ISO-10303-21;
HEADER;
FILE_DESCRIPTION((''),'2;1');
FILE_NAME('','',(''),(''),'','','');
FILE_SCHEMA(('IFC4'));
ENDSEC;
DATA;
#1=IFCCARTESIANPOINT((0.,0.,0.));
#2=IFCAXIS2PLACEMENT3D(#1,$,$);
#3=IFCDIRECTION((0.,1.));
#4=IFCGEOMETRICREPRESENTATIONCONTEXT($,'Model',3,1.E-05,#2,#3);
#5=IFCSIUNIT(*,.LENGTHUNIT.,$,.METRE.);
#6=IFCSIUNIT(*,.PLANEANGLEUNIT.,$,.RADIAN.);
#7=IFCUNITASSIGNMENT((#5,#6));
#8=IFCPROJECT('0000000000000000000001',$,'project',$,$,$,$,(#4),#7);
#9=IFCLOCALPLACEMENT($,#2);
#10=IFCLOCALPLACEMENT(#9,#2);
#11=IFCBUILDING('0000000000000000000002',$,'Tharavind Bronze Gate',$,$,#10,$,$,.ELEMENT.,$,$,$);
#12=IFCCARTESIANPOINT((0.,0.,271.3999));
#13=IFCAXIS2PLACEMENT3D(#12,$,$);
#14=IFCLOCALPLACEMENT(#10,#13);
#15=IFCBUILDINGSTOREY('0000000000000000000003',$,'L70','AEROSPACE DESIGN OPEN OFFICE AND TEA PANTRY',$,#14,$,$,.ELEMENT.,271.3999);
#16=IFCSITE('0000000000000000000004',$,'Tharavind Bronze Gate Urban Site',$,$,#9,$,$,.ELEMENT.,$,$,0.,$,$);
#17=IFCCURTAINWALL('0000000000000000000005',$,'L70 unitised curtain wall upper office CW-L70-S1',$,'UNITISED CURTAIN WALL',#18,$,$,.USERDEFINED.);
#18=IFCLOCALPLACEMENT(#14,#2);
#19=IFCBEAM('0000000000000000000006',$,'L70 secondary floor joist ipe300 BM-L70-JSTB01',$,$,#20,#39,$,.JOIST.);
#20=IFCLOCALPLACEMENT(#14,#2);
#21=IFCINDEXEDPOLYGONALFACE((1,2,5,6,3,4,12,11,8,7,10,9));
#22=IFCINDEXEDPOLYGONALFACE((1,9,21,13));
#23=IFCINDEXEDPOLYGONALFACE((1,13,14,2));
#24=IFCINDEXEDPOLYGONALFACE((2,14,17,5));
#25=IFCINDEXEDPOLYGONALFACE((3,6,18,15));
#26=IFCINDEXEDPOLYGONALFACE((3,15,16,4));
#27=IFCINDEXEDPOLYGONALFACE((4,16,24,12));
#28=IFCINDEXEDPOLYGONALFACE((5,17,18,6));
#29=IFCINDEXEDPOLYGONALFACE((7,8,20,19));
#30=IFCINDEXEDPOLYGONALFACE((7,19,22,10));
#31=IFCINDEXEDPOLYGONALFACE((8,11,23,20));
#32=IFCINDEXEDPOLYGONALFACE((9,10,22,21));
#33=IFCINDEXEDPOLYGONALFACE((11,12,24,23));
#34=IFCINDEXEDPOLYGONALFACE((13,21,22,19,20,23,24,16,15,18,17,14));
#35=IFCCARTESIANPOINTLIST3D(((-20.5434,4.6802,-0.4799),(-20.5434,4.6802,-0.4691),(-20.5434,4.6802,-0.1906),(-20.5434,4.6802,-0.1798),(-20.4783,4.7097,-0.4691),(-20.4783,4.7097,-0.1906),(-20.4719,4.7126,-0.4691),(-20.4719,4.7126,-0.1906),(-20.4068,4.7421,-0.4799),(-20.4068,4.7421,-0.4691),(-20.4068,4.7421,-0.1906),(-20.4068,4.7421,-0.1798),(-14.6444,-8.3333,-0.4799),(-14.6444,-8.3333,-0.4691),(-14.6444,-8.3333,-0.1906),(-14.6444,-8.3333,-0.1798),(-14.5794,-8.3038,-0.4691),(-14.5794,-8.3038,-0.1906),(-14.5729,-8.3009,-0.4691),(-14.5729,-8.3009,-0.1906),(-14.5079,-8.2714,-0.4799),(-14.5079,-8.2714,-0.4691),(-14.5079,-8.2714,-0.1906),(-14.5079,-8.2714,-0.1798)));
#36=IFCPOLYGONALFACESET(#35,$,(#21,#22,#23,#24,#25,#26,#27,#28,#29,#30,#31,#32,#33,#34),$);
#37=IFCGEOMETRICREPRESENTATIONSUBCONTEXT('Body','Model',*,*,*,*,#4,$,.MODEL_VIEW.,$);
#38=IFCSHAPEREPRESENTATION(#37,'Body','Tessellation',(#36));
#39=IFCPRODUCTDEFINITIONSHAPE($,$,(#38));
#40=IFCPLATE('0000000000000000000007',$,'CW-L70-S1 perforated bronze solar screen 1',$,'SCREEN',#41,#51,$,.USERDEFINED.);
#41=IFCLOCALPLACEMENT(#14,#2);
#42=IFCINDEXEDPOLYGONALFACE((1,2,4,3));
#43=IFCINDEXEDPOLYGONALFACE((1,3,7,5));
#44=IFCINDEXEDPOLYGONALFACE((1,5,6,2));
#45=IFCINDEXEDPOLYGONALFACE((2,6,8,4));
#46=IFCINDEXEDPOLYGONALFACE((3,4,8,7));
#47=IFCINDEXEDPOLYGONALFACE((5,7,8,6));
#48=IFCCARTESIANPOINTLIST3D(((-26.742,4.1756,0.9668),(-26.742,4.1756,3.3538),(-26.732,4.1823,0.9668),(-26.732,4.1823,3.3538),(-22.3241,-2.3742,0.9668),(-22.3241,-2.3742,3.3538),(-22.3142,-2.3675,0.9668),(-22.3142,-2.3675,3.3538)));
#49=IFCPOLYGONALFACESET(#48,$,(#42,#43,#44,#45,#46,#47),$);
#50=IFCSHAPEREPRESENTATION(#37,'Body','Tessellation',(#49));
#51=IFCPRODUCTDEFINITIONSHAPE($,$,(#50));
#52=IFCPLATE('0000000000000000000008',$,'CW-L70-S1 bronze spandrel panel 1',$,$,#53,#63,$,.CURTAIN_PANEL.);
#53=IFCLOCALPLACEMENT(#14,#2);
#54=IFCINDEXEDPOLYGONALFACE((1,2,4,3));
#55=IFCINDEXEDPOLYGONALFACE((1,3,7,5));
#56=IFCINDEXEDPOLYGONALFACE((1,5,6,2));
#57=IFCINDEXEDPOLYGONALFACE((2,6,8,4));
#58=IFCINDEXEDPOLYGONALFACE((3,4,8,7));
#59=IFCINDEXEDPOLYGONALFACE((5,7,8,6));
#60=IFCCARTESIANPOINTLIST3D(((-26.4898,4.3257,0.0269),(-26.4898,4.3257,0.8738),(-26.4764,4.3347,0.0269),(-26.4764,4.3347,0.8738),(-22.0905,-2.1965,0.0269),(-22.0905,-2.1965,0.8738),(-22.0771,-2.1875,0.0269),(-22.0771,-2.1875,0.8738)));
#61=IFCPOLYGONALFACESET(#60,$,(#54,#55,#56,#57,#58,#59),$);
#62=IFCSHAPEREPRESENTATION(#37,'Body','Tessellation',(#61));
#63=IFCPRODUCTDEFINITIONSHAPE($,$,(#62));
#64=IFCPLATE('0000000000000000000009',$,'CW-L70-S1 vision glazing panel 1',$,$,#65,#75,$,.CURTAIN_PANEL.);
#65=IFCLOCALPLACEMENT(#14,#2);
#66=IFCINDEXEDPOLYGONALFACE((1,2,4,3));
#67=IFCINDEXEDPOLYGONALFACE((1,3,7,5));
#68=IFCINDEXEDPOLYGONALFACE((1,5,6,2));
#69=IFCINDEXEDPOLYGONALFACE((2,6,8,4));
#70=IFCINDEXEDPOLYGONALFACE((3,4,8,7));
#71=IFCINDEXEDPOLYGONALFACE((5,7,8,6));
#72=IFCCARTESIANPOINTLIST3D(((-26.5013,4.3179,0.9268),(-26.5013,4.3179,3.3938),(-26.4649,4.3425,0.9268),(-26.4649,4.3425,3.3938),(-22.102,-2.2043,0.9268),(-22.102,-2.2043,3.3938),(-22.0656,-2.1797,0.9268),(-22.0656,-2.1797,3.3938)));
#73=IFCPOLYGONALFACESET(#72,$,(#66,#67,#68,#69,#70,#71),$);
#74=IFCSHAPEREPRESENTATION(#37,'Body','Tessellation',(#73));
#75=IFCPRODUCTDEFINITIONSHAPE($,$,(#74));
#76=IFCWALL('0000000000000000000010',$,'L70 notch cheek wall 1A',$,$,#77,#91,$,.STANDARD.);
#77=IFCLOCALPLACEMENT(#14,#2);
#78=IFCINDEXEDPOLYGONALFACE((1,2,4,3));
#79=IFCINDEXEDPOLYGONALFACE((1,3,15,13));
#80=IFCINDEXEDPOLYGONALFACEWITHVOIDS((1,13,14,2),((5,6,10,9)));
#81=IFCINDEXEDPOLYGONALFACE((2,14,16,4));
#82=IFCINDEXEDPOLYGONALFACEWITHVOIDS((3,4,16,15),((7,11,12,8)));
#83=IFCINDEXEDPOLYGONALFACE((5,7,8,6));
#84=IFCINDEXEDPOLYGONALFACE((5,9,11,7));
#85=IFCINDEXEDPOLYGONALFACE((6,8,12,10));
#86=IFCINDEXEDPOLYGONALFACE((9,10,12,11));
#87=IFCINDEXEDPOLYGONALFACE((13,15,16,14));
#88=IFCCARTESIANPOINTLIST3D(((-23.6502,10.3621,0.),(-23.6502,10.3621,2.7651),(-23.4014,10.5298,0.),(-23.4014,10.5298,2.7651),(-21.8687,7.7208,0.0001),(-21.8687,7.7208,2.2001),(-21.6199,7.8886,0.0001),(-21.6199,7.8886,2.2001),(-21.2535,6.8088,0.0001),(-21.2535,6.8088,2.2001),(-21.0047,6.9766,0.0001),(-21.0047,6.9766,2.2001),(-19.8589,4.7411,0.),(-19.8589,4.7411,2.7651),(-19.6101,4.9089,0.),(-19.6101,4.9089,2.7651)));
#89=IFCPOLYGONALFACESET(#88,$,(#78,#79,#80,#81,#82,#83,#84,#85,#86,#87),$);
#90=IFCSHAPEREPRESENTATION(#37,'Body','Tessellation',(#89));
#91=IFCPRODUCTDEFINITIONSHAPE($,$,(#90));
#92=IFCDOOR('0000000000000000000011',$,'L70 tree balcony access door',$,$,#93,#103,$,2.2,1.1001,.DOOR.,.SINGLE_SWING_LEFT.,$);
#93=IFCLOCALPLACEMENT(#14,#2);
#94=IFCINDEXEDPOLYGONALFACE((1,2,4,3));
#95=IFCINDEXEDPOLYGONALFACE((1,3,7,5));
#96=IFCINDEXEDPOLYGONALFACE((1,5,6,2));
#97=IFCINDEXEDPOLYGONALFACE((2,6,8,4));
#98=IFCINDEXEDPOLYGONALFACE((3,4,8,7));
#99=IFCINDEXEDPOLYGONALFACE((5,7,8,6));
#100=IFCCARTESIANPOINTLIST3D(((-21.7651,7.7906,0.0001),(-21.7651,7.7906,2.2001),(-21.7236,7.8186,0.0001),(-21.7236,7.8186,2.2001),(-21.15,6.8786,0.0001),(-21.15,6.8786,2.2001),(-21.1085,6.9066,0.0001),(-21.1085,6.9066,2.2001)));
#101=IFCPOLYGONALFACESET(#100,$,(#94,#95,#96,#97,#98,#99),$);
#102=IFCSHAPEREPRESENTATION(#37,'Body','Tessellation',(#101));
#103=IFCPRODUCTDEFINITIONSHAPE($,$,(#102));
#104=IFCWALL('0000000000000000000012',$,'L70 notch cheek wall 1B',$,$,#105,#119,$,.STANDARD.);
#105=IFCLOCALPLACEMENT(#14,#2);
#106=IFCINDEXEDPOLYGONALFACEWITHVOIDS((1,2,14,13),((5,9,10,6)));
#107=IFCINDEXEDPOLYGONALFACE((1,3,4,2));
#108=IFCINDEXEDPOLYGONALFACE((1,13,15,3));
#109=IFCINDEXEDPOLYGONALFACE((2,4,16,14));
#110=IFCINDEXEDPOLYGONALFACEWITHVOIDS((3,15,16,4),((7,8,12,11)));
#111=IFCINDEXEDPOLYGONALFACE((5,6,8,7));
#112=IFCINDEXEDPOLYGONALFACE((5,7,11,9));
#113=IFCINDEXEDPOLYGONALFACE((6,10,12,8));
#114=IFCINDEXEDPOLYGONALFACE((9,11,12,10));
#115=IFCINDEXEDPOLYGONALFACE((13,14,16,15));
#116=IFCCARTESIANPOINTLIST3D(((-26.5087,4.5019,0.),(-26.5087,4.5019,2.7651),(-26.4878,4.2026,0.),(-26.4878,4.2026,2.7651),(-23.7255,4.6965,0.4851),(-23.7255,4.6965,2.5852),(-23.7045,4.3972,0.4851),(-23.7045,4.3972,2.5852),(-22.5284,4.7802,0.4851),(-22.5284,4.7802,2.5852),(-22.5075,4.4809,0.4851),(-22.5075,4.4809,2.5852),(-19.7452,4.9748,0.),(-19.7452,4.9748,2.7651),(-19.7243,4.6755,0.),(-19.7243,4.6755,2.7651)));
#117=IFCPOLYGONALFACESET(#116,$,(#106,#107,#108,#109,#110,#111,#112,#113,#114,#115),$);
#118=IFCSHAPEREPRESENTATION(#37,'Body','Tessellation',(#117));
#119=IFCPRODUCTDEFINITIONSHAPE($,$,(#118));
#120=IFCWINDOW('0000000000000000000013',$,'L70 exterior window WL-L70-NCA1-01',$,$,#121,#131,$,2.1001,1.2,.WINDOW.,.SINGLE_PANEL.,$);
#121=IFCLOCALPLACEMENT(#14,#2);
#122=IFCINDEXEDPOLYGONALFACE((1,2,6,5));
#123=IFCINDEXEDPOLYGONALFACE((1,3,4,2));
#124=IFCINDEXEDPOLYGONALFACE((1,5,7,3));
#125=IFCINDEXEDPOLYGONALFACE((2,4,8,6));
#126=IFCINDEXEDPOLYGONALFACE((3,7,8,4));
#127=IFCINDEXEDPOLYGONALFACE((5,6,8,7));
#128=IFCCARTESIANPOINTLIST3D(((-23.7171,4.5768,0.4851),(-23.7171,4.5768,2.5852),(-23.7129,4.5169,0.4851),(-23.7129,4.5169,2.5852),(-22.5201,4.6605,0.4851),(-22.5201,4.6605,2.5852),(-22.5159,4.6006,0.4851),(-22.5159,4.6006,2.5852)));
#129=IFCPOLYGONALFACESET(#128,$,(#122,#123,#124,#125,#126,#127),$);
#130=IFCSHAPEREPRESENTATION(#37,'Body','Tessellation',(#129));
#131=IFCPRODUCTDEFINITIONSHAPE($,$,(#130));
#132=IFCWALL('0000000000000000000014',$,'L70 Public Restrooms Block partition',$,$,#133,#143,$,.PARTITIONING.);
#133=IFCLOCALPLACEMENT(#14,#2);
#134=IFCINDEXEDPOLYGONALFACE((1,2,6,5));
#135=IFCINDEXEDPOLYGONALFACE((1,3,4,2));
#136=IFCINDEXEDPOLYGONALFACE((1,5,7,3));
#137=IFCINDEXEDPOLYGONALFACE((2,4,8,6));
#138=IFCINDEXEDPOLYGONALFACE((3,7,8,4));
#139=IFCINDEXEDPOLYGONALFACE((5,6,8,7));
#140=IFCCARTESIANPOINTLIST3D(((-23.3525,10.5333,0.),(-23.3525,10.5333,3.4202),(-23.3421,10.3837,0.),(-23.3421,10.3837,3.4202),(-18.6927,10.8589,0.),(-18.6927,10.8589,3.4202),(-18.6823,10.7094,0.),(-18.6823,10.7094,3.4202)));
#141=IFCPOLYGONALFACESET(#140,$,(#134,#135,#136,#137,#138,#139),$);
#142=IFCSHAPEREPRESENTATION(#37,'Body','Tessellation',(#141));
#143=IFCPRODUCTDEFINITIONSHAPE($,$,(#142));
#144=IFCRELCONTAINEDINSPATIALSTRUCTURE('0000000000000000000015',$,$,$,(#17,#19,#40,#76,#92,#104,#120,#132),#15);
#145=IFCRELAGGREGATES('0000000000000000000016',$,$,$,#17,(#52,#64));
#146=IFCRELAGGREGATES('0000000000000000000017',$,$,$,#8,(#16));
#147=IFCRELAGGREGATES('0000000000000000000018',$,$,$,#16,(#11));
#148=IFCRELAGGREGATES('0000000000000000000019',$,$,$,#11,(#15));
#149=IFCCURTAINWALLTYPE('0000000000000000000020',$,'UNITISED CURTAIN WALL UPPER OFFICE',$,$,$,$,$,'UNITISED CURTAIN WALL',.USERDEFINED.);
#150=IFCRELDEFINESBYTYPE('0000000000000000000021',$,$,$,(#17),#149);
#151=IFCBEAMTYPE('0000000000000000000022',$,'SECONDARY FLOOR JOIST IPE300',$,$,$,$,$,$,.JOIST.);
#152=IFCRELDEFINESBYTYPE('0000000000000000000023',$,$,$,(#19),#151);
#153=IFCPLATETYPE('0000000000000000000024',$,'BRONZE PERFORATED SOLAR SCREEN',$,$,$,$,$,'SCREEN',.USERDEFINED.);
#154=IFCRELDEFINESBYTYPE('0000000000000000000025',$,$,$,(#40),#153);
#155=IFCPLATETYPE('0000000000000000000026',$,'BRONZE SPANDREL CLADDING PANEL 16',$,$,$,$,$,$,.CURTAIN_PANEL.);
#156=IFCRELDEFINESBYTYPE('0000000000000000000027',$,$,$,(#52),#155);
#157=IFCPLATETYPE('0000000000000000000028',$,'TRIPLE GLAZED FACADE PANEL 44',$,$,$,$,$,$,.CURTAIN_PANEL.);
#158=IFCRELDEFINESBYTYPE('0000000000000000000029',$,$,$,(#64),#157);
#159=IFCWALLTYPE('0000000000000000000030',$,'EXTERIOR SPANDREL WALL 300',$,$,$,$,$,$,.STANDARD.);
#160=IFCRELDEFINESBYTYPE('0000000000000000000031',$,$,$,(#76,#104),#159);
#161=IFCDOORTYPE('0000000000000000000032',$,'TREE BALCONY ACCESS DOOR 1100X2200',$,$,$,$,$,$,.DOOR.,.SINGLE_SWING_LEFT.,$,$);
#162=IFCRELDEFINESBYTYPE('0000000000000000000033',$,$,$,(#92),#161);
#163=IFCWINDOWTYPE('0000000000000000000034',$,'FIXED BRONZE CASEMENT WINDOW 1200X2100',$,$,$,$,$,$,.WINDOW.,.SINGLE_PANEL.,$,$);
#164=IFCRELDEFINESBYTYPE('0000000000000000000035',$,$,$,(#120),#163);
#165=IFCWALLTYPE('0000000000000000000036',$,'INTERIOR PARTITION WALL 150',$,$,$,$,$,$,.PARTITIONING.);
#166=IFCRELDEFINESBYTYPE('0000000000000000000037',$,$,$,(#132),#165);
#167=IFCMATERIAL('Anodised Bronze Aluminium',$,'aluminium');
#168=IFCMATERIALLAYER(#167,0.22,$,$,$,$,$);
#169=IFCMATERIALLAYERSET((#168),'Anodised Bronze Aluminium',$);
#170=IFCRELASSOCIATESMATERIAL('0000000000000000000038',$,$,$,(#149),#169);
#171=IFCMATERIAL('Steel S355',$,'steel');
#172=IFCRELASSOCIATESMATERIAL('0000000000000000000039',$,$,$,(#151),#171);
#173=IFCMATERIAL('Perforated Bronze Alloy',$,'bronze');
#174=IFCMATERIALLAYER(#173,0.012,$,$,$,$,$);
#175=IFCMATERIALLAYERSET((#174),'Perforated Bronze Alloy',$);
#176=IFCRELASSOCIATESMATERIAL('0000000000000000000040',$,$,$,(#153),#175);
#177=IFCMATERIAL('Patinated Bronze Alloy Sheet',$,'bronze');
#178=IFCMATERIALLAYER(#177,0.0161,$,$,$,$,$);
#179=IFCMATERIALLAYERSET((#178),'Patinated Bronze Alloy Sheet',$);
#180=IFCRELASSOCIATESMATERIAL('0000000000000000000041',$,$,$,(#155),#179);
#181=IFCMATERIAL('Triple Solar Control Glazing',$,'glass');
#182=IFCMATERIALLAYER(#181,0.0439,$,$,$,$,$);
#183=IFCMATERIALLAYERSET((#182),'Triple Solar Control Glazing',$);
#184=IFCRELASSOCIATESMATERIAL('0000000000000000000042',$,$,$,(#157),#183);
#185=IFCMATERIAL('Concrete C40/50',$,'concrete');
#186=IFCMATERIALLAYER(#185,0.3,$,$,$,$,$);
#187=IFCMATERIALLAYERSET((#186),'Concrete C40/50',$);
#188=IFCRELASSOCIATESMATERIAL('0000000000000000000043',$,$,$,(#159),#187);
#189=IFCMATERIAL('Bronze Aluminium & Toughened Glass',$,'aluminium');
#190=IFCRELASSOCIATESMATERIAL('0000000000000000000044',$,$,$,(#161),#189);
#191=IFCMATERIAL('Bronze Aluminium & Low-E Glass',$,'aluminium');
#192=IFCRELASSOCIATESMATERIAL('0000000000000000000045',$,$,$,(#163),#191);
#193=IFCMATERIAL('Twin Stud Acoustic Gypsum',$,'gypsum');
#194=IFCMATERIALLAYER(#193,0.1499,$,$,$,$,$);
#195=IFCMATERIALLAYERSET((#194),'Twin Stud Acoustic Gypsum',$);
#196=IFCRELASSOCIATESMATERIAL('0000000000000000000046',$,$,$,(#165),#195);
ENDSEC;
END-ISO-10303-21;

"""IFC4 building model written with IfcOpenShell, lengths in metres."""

from ifc_helpers import new_model, si_unit, direction, frame, frame_2d, origin, origin_2d, place, context, subcontext, project, spatial, rectangle, i_section, extrude, material, layer, layer_set, material_profile, profile_set, type_object, element, fill, aggregate, save


model = new_model("IFC4")

# Units and contexts
model_context = context("Model", 3, precision=1e-05, world=origin(), true_north=direction((0.0, 1.0)))
body_context = subcontext(model_context, "Body", "Model", "MODEL_VIEW")
ifc_project = project(units=[si_unit("LENGTHUNIT", "METRE"), si_unit("PLANEANGLEUNIT", "RADIAN")], contexts=[model_context])

# Site, building, storey
site_placement = place(None, origin())
site = spatial("IfcSite", under=ifc_project, at=site_placement, Name="Tharavind Bronze Gate Urban Site", CompositionType="ELEMENT", RefElevation=0.0)
building_placement = place(site_placement, origin())
building = spatial("IfcBuilding", under=site, at=building_placement, Name="Tharavind Bronze Gate", CompositionType="ELEMENT")
storey_placement = place(building_placement, frame((0.0, 0.0, 271.3999)))
storey = spatial("IfcBuildingStorey", under=building, at=storey_placement, Name="L70", Description="AEROSPACE DESIGN OPEN OFFICE AND TEA PANTRY", CompositionType="ELEMENT", Elevation=271.3999)

# Curtain wall
ifc_material_1 = material(Name="Anodised Bronze Aluminium", Category="aluminium")
ifc_layer_1 = layer(ifc_material_1, 0.22)
ifc_layer_set_1 = layer_set([ifc_layer_1], Name="Anodised Bronze Aluminium")
curtain_wall_type = type_object("IfcCurtainWallType", Name="UNITISED CURTAIN WALL UPPER OFFICE", ElementType="UNITISED CURTAIN WALL", PredefinedType="USERDEFINED", material=ifc_layer_set_1)
curtain_wall_1_placement = place(storey_placement, origin())
curtain_wall_1 = element("IfcCurtainWall", 1, at=curtain_wall_1_placement, inside=storey, type_object=curtain_wall_type, Name="L70 unitised curtain wall upper office CW-L70-S1", ObjectType="UNITISED CURTAIN WALL", PredefinedType="USERDEFINED")

# Beam
ifc_material_2 = material(Name="Steel S355", Category="steel")
ifc_material_profile_1 = material_profile(ifc_material_2, i_section(OverallWidth=0.1499, OverallDepth=0.3, WebThickness=0.0071, FlangeThickness=0.0107, at=origin_2d()), Name="IPE300")
ifc_profile_set_1 = profile_set([ifc_material_profile_1], Name="Steel S355")
beam_type_1 = type_object("IfcBeamType", Name="SECONDARY FLOOR JOIST IPE300", PredefinedType="JOIST", material=ifc_profile_set_1)
beam_1_placement = place(storey_placement, frame((-20.4751, 4.7112, -0.3298), z_axis=(0.412859, -0.910795, 0.0), x_axis=(0.910795, 0.412859, 0.0)))
element("IfcBeam", 2, at=beam_1_placement, inside=storey, type_object=beam_type_1, Name="L70 secondary floor joist ipe300 BM-L70-JSTB01", PredefinedType="JOIST", context=body_context, shape_type="SweptSolid", body=[
    extrude(i_section(OverallWidth=0.1499, OverallDepth=0.3, WebThickness=0.0071, FlangeThickness=0.0107, at=origin_2d()), origin(), (0.0, 0.0, 1.0), 14.2881),
])

# Plates
ifc_material_3 = material(Name="Perforated Bronze Alloy", Category="bronze")
ifc_layer_2 = layer(ifc_material_3, 0.012)
ifc_layer_set_2 = layer_set([ifc_layer_2], Name="Perforated Bronze Alloy")
plate_type_1 = type_object("IfcPlateType", Name="BRONZE PERFORATED SOLAR SCREEN", ElementType="SCREEN", PredefinedType="USERDEFINED", material=ifc_layer_set_2)
plate_1_placement = place(storey_placement, frame((-24.5281, 0.9041, 0.9668), z_axis=(0.0, 0.0, 1.0), x_axis=(0.559191, -0.829039, 0.0)))
element("IfcPlate", 3, at=plate_1_placement, inside=storey, type_object=plate_type_1, Name="CW-L70-S1 perforated bronze solar screen 1", ObjectType="SCREEN", PredefinedType="USERDEFINED", context=body_context, shape_type="SweptSolid", body=[
    extrude(rectangle(XDim=7.9004, YDim=0.012, at=origin_2d()), origin(), (0.0, 0.0, 1.0), 2.387),
])
ifc_material_4 = material(Name="Patinated Bronze Alloy Sheet", Category="bronze")
ifc_layer_3 = layer(ifc_material_4, 0.0161)
ifc_layer_set_3 = layer_set([ifc_layer_3], Name="Patinated Bronze Alloy Sheet")
plate_type_2 = type_object("IfcPlateType", Name="BRONZE SPANDREL CLADDING PANEL 16", PredefinedType="CURTAIN_PANEL", material=ifc_layer_set_3)
plate_2_placement = place(storey_placement, frame((-24.2834, 1.0691, 0.0269), z_axis=(0.0, 0.0, 1.0), x_axis=(0.559191, -0.829039, 0.0)))
plate_2 = element("IfcPlate", 4, at=plate_2_placement, type_object=plate_type_2, Name="CW-L70-S1 bronze spandrel panel 1", PredefinedType="CURTAIN_PANEL", context=body_context, shape_type="SweptSolid", body=[
    extrude(rectangle(XDim=7.8672, YDim=0.0161, at=origin_2d()), origin(), (0.0, 0.0, 1.0), 0.8469),
])
ifc_material_5 = material(Name="Triple Solar Control Glazing", Category="glass")
ifc_layer_4 = layer(ifc_material_5, 0.0439)
ifc_layer_set_4 = layer_set([ifc_layer_4], Name="Triple Solar Control Glazing")
plate_type_3 = type_object("IfcPlateType", Name="TRIPLE GLAZED FACADE PANEL 44", PredefinedType="CURTAIN_PANEL", material=ifc_layer_set_4)
plate_3_placement = place(storey_placement, frame((-24.2834, 1.0691, 0.9268), z_axis=(0.0, 0.0, 1.0), x_axis=(0.559191, -0.829039, 0.0)))
plate_3 = element("IfcPlate", 5, at=plate_3_placement, type_object=plate_type_3, Name="CW-L70-S1 vision glazing panel 1", PredefinedType="CURTAIN_PANEL", context=body_context, shape_type="SweptSolid", body=[
    extrude(rectangle(XDim=7.8672, YDim=0.0439, at=origin_2d()), origin(), (0.0, 0.0, 1.0), 2.467),
])
aggregate(curtain_wall_1, [plate_2, plate_3])

# Wall, opening, door
ifc_material_6 = material(Name="Concrete C40/50", Category="concrete")
ifc_layer_5 = layer(ifc_material_6, 0.3)
ifc_layer_set_5 = layer_set([ifc_layer_5], Name="Concrete C40/50")
wall_type_1 = type_object("IfcWallType", Name="EXTERIOR SPANDREL WALL 300", PredefinedType="STANDARD", material=ifc_layer_set_5)
wall_1_placement = place(storey_placement, frame((-23.5259, 10.446, 0.0), z_axis=(0.0, 0.0, 1.0), x_axis=(0.559188, -0.829041, 0.0)))
wall_1 = element("IfcWall", 6, at=wall_1_placement, inside=storey, type_object=wall_type_1, Name="L70 notch cheek wall 1A", PredefinedType="STANDARD", context=body_context, shape_type="SweptSolid", body=[
    extrude(rectangle(XDim=6.78, YDim=0.3, at=frame_2d((3.3901, 0.0))), origin(), (0.0, 0.0, 1.0), 2.7651),
])
opening_1_placement = place(wall_1_placement, frame((3.186, 0.0, 0.0)))
opening_1 = element("IfcOpeningElement", 7, at=opening_1_placement, cuts=wall_1, PredefinedType="OPENING", context=body_context, shape_type="SweptSolid", body=[
    extrude(rectangle(XDim=1.1001, YDim=2.2, at=frame_2d((0.55, 1.1001))), frame((0.0, 0.1599, 0.0), z_axis=(0.0, -1.0, 0.0), x_axis=(1.0, 0.0, 0.0)), (0.0, 0.0, 1.0), 0.32),
])
ifc_material_7 = material(Name="Bronze Aluminium & Toughened Glass", Category="aluminium")
door_type = type_object("IfcDoorType", Name="TREE BALCONY ACCESS DOOR 1100X2200", OperationType="SINGLE_SWING_LEFT", PredefinedType="DOOR", material=ifc_material_7)
door_placement = place(opening_1_placement, origin())
door = element("IfcDoor", 8, at=door_placement, inside=storey, type_object=door_type, Name="L70 tree balcony access door", OperationType="SINGLE_SWING_LEFT", OverallHeight=2.2, OverallWidth=1.1001, PredefinedType="DOOR", context=body_context, shape_type="SweptSolid", body=[
    extrude(rectangle(XDim=1.1001, YDim=2.2, at=frame_2d((0.55, 1.1001))), frame((0.0, 0.0249, 0.0), z_axis=(0.0, -1.0, 0.0), x_axis=(1.0, 0.0, 0.0)), (0.0, 0.0, 1.0), 0.05),
])
fill(opening_1, door)

# Wall, opening, window
wall_2_placement = place(storey_placement, frame((-19.7346, 4.8252, 0.0), z_axis=(0.0, 0.0, 1.0), x_axis=(-0.997565, -0.06975, 0.0)))
wall_2 = element("IfcWall", 9, at=wall_2_placement, inside=storey, type_object=wall_type_1, Name="L70 notch cheek wall 1B", PredefinedType="STANDARD", context=body_context, shape_type="SweptSolid", body=[
    extrude(rectangle(XDim=6.78, YDim=0.3, at=frame_2d((3.3901, 0.0))), origin(), (0.0, 0.0, 1.0), 2.7651),
])
opening_2_placement = place(wall_2_placement, frame((2.79, 0.0, 0.4851)))
opening_2 = element("IfcOpeningElement", 10, at=opening_2_placement, cuts=wall_2, PredefinedType="OPENING", context=body_context, shape_type="SweptSolid", body=[
    extrude(rectangle(XDim=1.2, YDim=2.1001, at=frame_2d((0.6001, 1.05))), frame((0.0, 0.1599, 0.0), z_axis=(0.0, -1.0, 0.0), x_axis=(1.0, 0.0, 0.0)), (0.0, 0.0, 1.0), 0.32),
])
ifc_material_8 = material(Name="Bronze Aluminium & Low-E Glass", Category="aluminium")
window_type = type_object("IfcWindowType", Name="FIXED BRONZE CASEMENT WINDOW 1200X2100", PartitioningType="SINGLE_PANEL", PredefinedType="WINDOW", material=ifc_material_8)
window_placement = place(opening_2_placement, origin())
window = element("IfcWindow", 11, at=window_placement, inside=storey, type_object=window_type, Name="L70 exterior window WL-L70-NCA1-01", OverallHeight=2.1001, OverallWidth=1.2, PartitioningType="SINGLE_PANEL", PredefinedType="WINDOW", context=body_context, shape_type="SweptSolid", body=[
    extrude(rectangle(XDim=1.2, YDim=2.1001, at=frame_2d((0.6001, 1.05))), frame((0.0, 0.03, 0.0), z_axis=(0.0, -1.0, 0.0), x_axis=(1.0, 0.0, 0.0)), (0.0, 0.0, 1.0), 0.0601),
])
fill(opening_2, window)

# Wall
ifc_material_9 = material(Name="Twin Stud Acoustic Gypsum", Category="gypsum")
ifc_layer_6 = layer(ifc_material_9, 0.1499)
ifc_layer_set_6 = layer_set([ifc_layer_6], Name="Twin Stud Acoustic Gypsum")
wall_type_2 = type_object("IfcWallType", Name="INTERIOR PARTITION WALL 150", PredefinedType="PARTITIONING", material=ifc_layer_set_6)
wall_3_placement = place(storey_placement, frame((-23.3472, 10.4585, 0.0), z_axis=(0.0, 0.0, 1.0), x_axis=(0.997566, 0.069724, 0.0)))
element("IfcWall", 12, at=wall_3_placement, inside=storey, type_object=wall_type_2, Name="L70 Public Restrooms Block partition", PredefinedType="PARTITIONING", context=body_context, shape_type="SweptSolid", body=[
    extrude(rectangle(XDim=4.6711, YDim=0.1499, at=frame_2d((2.3354, 0.0))), origin(), (0.0, 0.0, 1.0), 3.4202),
])

save(model, "model.ifc")
